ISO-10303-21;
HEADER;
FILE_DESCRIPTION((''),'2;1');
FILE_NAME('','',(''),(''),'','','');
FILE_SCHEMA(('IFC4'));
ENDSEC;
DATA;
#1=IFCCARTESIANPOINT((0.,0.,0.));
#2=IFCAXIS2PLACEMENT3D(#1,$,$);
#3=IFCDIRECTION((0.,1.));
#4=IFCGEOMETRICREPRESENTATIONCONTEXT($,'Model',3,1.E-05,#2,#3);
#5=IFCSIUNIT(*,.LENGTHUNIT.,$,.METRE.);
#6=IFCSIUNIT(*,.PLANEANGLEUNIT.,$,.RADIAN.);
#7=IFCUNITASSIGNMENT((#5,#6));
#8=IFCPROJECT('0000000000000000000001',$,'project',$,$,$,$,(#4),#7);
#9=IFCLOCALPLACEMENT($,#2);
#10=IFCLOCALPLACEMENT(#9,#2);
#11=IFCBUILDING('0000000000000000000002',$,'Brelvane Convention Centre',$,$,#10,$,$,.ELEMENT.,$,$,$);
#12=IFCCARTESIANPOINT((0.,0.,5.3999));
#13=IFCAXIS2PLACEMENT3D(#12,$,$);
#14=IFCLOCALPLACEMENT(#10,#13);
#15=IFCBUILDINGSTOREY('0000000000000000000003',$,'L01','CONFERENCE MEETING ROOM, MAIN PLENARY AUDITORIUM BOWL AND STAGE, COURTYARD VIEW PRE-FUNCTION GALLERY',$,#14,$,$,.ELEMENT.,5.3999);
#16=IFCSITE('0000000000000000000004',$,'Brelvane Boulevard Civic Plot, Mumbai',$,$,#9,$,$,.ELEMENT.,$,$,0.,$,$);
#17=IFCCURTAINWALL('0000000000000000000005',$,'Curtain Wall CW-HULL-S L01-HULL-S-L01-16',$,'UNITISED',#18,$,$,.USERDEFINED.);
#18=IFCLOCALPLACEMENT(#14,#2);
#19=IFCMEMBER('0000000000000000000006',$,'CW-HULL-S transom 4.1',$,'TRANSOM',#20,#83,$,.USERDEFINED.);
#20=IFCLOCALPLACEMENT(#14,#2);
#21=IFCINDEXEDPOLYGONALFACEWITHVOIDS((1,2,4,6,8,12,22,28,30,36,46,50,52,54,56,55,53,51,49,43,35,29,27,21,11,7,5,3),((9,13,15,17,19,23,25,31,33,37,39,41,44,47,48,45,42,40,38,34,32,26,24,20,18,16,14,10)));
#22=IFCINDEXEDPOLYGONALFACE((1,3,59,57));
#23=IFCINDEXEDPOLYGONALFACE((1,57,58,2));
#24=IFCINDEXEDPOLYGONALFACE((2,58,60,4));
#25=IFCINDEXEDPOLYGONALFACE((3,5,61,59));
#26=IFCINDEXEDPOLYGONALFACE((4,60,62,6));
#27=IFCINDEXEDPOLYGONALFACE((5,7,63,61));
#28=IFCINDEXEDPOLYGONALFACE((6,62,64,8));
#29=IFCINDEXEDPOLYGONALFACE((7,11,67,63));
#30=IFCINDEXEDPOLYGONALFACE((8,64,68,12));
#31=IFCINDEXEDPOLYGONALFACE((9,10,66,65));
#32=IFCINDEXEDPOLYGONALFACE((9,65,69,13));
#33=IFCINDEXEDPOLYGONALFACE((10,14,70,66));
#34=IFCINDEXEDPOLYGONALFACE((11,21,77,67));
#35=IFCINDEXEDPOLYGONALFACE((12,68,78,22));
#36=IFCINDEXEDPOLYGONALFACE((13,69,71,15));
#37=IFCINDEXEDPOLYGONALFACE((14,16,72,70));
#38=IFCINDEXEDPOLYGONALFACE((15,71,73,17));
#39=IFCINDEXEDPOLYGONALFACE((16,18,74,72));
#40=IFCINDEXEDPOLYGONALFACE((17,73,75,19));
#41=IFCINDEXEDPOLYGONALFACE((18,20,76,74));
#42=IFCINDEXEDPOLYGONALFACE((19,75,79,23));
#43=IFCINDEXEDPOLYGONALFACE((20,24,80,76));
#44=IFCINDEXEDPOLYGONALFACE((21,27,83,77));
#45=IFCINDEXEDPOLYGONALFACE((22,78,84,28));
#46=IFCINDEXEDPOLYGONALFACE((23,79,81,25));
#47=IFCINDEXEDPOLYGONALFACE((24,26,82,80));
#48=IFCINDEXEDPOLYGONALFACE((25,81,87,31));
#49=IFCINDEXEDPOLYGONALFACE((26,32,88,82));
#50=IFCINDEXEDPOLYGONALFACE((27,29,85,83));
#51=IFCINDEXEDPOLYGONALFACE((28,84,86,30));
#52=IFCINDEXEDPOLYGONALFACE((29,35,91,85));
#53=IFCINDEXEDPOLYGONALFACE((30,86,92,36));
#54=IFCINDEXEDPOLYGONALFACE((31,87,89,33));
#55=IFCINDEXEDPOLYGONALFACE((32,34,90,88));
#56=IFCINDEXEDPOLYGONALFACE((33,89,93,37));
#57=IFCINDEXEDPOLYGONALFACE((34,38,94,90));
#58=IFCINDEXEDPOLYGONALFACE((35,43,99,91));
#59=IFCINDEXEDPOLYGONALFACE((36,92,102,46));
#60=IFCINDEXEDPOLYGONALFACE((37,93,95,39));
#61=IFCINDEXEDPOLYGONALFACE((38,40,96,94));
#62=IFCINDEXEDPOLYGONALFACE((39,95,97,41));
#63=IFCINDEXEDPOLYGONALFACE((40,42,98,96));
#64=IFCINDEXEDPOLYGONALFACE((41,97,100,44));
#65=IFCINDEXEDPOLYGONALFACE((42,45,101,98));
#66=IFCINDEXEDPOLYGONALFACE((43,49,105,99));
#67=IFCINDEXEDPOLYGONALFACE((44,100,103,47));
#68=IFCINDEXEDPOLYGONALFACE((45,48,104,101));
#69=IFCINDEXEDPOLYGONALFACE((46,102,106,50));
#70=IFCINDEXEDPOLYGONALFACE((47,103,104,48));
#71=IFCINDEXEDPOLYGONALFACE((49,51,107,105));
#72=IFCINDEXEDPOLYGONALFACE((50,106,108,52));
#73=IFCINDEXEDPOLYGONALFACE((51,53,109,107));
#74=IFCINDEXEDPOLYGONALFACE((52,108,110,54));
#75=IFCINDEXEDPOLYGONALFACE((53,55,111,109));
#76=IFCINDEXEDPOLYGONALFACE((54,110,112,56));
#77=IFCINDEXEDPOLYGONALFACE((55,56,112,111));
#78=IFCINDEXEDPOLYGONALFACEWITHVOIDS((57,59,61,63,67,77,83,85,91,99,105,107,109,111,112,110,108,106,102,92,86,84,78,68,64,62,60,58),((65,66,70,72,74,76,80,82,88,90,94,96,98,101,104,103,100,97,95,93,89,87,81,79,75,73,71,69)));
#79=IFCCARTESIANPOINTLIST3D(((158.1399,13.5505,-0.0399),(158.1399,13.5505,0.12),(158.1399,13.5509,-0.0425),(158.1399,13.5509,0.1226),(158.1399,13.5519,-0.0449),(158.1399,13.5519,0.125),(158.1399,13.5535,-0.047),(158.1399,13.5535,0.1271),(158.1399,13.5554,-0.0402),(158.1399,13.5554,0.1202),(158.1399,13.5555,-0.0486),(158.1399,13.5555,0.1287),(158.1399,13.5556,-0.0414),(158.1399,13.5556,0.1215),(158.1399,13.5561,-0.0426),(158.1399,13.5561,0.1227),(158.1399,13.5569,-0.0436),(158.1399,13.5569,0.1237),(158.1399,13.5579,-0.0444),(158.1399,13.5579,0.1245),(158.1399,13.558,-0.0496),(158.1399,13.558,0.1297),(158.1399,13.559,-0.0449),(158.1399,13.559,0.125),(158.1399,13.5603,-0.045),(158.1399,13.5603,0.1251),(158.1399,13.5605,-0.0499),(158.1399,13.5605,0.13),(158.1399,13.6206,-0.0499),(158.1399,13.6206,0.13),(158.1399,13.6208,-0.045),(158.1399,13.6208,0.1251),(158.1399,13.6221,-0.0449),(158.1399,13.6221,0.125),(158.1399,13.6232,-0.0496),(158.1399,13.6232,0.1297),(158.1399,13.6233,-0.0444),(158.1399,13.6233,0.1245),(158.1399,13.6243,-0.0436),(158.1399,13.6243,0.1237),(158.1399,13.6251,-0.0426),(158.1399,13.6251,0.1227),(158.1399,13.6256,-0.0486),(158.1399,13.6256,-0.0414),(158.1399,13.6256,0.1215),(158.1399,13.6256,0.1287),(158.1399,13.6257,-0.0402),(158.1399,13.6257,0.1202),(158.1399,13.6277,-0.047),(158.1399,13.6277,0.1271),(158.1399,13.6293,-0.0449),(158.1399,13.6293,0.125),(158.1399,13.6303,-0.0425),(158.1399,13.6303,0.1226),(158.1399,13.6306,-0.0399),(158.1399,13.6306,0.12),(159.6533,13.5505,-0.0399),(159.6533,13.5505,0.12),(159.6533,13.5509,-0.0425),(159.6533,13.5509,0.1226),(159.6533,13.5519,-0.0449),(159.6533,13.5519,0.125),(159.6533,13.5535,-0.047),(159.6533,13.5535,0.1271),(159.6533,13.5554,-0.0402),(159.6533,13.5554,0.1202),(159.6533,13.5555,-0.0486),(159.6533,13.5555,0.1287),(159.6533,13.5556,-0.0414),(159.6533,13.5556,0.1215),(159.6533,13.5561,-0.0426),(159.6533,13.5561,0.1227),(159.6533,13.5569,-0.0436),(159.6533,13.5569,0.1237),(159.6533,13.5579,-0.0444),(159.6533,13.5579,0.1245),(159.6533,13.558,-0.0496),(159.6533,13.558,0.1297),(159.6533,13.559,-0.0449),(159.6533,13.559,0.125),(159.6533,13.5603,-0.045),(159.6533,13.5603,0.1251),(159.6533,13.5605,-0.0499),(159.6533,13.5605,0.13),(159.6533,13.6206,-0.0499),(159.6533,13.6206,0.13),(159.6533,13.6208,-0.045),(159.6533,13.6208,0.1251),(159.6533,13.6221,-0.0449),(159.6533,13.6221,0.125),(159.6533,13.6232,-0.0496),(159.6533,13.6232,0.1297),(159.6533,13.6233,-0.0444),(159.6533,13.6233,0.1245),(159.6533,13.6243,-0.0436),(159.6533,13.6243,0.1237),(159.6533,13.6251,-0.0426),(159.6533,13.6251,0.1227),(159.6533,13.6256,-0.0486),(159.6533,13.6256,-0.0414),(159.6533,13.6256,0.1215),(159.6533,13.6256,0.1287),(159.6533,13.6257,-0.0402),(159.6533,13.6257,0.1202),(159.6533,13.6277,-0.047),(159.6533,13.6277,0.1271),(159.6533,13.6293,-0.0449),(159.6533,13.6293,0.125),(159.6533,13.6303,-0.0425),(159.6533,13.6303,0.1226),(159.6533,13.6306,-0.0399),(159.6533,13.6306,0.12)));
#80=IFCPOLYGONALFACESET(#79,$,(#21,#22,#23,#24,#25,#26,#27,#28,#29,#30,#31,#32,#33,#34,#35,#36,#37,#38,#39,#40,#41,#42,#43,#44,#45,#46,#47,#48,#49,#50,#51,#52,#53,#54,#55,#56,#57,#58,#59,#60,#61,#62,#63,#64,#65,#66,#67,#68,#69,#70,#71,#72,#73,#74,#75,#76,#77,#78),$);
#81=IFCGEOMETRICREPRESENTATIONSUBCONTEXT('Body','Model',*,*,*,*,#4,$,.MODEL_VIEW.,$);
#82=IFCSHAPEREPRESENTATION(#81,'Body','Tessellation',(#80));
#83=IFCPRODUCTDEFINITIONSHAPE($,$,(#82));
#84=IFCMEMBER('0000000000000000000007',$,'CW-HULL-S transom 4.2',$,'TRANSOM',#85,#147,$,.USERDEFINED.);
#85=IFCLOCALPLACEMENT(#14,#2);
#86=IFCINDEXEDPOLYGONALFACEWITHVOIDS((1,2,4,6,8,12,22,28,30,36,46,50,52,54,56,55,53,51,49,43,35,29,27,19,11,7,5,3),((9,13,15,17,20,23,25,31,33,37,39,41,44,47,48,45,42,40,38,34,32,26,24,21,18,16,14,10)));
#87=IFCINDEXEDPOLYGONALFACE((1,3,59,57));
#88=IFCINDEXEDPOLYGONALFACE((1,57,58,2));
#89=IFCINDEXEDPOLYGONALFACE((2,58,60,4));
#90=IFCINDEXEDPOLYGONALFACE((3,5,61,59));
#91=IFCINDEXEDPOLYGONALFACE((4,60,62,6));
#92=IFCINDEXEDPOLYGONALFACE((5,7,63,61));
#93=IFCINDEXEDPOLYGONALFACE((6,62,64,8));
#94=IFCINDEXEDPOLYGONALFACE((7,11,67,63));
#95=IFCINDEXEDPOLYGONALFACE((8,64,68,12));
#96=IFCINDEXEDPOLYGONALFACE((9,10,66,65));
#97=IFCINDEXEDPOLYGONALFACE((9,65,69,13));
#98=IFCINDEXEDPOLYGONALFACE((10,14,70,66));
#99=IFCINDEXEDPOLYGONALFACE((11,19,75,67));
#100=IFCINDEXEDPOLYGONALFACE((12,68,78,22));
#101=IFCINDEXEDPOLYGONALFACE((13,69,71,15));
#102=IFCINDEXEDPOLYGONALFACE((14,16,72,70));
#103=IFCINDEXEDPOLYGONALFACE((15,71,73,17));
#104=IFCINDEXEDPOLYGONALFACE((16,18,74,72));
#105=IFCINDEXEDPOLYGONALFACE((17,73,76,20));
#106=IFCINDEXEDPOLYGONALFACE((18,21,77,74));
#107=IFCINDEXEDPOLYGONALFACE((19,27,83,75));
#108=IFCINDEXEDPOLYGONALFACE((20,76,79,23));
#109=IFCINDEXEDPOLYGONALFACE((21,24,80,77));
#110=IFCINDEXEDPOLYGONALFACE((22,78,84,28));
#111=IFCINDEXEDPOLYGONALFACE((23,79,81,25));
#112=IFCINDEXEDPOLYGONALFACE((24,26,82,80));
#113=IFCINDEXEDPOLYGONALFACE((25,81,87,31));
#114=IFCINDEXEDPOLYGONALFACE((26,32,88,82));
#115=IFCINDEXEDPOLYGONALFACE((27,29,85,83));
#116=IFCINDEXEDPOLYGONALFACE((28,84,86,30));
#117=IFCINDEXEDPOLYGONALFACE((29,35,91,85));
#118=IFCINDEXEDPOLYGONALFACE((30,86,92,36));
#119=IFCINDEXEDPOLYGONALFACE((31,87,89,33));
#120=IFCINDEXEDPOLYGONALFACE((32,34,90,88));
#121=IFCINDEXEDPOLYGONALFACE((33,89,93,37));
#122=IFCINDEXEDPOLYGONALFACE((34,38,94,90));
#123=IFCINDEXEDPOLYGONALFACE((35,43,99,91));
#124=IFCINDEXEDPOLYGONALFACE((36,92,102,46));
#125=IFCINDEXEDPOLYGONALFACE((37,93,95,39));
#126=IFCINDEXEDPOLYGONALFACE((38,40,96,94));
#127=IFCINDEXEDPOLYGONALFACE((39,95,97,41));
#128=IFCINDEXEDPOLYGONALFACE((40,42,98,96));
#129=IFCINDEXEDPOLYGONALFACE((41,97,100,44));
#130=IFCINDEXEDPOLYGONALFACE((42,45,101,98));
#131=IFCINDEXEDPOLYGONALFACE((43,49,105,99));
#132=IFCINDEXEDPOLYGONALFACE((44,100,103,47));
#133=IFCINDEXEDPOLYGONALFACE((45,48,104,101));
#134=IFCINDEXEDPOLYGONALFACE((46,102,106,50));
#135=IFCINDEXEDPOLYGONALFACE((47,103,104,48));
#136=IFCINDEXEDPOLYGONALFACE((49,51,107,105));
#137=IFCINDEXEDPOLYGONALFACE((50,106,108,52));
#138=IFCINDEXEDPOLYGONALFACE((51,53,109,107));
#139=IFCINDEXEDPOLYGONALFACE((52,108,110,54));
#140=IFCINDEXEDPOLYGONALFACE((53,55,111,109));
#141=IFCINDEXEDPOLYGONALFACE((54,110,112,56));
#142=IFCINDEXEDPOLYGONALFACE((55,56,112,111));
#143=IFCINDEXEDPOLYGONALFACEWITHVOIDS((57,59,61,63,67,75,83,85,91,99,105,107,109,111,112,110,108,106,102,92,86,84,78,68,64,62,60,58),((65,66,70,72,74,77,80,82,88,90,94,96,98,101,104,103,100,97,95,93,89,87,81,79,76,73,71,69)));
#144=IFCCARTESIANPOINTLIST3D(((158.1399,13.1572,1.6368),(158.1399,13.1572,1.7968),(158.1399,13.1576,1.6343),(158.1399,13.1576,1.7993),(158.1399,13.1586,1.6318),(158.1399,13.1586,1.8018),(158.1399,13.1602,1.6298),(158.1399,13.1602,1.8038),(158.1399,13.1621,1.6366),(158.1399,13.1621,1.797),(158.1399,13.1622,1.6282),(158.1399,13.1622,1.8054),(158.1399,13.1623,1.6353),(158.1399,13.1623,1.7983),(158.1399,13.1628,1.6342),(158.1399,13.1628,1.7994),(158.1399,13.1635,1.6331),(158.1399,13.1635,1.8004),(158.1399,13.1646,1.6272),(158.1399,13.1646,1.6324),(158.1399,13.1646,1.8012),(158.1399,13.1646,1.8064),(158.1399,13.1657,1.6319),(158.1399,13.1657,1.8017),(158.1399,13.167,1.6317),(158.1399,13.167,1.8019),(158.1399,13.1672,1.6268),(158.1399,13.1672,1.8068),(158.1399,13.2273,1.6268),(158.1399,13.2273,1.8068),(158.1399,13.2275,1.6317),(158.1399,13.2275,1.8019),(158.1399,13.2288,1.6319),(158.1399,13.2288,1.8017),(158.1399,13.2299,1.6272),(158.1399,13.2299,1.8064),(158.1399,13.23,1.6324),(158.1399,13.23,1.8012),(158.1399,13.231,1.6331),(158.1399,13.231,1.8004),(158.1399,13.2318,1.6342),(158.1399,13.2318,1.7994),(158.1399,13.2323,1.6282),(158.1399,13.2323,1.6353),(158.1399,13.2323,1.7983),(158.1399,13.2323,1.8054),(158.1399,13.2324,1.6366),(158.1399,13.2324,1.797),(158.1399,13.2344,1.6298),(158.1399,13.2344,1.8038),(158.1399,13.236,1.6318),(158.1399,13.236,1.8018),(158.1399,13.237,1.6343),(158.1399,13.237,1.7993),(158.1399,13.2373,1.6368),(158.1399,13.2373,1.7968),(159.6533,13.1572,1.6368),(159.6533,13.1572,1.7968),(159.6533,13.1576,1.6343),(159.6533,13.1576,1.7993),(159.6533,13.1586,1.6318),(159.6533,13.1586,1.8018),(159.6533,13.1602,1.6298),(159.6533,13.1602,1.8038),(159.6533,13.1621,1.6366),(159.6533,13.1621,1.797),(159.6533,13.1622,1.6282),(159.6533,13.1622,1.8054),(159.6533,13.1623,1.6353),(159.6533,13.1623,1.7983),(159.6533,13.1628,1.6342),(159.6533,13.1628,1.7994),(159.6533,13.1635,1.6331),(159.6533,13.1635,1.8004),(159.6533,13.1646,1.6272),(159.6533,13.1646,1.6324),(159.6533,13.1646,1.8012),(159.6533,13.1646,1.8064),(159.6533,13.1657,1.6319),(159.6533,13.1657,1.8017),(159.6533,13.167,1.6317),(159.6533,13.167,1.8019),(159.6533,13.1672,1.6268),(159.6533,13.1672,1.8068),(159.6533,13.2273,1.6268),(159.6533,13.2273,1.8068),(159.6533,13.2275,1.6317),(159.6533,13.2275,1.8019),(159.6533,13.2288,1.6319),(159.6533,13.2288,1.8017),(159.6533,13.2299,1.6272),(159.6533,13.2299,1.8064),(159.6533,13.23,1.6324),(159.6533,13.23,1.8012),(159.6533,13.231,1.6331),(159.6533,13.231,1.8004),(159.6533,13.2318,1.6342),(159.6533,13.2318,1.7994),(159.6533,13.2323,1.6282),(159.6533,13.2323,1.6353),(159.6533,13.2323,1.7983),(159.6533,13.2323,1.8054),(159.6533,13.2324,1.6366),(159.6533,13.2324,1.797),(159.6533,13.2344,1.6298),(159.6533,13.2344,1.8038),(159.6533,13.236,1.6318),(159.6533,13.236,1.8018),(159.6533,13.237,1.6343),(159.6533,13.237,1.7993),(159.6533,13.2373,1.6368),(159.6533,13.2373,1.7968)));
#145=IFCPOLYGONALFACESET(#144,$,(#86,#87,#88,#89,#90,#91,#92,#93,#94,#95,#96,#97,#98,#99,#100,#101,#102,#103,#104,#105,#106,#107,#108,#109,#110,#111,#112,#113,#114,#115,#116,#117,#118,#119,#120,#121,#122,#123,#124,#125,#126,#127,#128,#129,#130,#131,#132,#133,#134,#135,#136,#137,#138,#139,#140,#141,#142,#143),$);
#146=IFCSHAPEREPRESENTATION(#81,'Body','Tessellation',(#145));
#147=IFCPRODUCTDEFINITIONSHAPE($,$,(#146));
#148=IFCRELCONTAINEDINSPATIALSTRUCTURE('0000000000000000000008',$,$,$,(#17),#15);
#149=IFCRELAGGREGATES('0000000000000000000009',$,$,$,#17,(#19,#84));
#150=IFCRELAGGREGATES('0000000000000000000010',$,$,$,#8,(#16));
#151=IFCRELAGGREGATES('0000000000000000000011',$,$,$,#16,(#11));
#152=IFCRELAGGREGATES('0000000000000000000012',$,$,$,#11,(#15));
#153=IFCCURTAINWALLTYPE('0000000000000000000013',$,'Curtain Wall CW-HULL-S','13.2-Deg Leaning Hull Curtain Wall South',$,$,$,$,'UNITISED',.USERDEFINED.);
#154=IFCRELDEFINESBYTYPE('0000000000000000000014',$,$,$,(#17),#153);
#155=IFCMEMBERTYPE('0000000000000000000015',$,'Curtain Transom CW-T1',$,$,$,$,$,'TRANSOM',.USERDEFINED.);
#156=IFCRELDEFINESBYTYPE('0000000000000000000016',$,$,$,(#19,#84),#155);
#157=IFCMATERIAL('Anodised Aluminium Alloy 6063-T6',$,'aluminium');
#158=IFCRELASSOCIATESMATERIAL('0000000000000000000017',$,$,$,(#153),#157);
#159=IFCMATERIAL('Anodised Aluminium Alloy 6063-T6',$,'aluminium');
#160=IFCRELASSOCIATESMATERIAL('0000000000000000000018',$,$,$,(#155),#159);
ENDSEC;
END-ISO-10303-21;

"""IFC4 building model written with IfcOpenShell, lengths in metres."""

from ifc_helpers import new_model, si_unit, direction, frame, origin, origin_2d, place, context, subcontext, project, spatial, hollow_rectangle, extrude, material, material_profile, profile_set, type_object, element, aggregate, save


model = new_model("IFC4")

# Units and contexts
model_context = context("Model", 3, precision=1e-05, world=origin(), true_north=direction((0.0, 1.0)))
body_context = subcontext(model_context, "Body", "Model", "MODEL_VIEW")
ifc_project = project(units=[si_unit("LENGTHUNIT", "METRE"), si_unit("PLANEANGLEUNIT", "RADIAN")], contexts=[model_context])

# Site, building, storey
site_placement = place(None, origin())
site = spatial("IfcSite", under=ifc_project, at=site_placement, Name="Brelvane Boulevard Civic Plot, Mumbai", CompositionType="ELEMENT", RefElevation=0.0)
building_placement = place(site_placement, origin())
building = spatial("IfcBuilding", under=site, at=building_placement, Name="Brelvane Convention Centre", CompositionType="ELEMENT")
storey_placement = place(building_placement, frame((0.0, 0.0, 5.3999)))
storey = spatial("IfcBuildingStorey", under=building, at=storey_placement, Name="L01", Description="CONFERENCE MEETING ROOM, MAIN PLENARY AUDITORIUM BOWL AND STAGE, COURTYARD VIEW PRE-FUNCTION GALLERY", CompositionType="ELEMENT", Elevation=5.3999)

# Shared definitions
ifc_material_1 = material(Name="Anodised Aluminium Alloy 6063-T6", Category="aluminium")
curtain_wall_type = type_object("IfcCurtainWallType", Name="Curtain Wall CW-HULL-S", Description="13.2-Deg Leaning Hull Curtain Wall South", ElementType="UNITISED", PredefinedType="USERDEFINED", material=ifc_material_1)
ifc_material_2 = material(Name="Anodised Aluminium Alloy 6063-T6", Category="aluminium")
ifc_material_profile = material_profile(ifc_material_2, hollow_rectangle(XDim=0.0801, YDim=0.1799, WallThickness=0.0049, InnerFilletRadius=0.0049, OuterFilletRadius=0.01, at=origin_2d()), Name="ALU-T 180x80x5.0")
ifc_profile_set = profile_set([ifc_material_profile], Name="Anodised Aluminium Alloy 6063-T6")
member_type = type_object("IfcMemberType", Name="Curtain Transom CW-T1", ElementType="TRANSOM", PredefinedType="USERDEFINED", material=ifc_profile_set)

# Curtain wall, members
curtain_wall_1_placement = place(storey_placement, origin())
curtain_wall_1 = element("IfcCurtainWall", 1, at=curtain_wall_1_placement, inside=storey, type_object=curtain_wall_type, Name="Curtain Wall CW-HULL-S L01-HULL-S-L01-16", ObjectType="UNITISED", PredefinedType="USERDEFINED")
member_1_placement = place(storey_placement, frame((158.1399, 13.5906, 0.04), z_axis=(1.0, 0.0, 0.0), x_axis=(0.0, 1.0, 0.0)))
member_1 = element("IfcMember", 2, at=member_1_placement, type_object=member_type, Name="CW-HULL-S transom 4.1", ObjectType="TRANSOM", PredefinedType="USERDEFINED", context=body_context, shape_type="SweptSolid", body=[
    extrude(hollow_rectangle(XDim=0.0801, YDim=0.1799, WallThickness=0.0049, InnerFilletRadius=0.0049, OuterFilletRadius=0.01, at=origin_2d()), origin(), (0.0, 0.0, 1.0), 1.5134),
])
member_2_placement = place(storey_placement, frame((158.1399, 13.1973, 1.7168), z_axis=(1.0, 0.0, 0.0), x_axis=(0.0, 1.0, 0.0)))
member_2 = element("IfcMember", 3, at=member_2_placement, type_object=member_type, Name="CW-HULL-S transom 4.2", ObjectType="TRANSOM", PredefinedType="USERDEFINED", context=body_context, shape_type="SweptSolid", body=[
    extrude(hollow_rectangle(XDim=0.0801, YDim=0.1799, WallThickness=0.0049, InnerFilletRadius=0.0049, OuterFilletRadius=0.01, at=origin_2d()), origin(), (0.0, 0.0, 1.0), 1.5134),
])

aggregate(curtain_wall_1, [member_1, member_2])

save(model, "model.ifc")
